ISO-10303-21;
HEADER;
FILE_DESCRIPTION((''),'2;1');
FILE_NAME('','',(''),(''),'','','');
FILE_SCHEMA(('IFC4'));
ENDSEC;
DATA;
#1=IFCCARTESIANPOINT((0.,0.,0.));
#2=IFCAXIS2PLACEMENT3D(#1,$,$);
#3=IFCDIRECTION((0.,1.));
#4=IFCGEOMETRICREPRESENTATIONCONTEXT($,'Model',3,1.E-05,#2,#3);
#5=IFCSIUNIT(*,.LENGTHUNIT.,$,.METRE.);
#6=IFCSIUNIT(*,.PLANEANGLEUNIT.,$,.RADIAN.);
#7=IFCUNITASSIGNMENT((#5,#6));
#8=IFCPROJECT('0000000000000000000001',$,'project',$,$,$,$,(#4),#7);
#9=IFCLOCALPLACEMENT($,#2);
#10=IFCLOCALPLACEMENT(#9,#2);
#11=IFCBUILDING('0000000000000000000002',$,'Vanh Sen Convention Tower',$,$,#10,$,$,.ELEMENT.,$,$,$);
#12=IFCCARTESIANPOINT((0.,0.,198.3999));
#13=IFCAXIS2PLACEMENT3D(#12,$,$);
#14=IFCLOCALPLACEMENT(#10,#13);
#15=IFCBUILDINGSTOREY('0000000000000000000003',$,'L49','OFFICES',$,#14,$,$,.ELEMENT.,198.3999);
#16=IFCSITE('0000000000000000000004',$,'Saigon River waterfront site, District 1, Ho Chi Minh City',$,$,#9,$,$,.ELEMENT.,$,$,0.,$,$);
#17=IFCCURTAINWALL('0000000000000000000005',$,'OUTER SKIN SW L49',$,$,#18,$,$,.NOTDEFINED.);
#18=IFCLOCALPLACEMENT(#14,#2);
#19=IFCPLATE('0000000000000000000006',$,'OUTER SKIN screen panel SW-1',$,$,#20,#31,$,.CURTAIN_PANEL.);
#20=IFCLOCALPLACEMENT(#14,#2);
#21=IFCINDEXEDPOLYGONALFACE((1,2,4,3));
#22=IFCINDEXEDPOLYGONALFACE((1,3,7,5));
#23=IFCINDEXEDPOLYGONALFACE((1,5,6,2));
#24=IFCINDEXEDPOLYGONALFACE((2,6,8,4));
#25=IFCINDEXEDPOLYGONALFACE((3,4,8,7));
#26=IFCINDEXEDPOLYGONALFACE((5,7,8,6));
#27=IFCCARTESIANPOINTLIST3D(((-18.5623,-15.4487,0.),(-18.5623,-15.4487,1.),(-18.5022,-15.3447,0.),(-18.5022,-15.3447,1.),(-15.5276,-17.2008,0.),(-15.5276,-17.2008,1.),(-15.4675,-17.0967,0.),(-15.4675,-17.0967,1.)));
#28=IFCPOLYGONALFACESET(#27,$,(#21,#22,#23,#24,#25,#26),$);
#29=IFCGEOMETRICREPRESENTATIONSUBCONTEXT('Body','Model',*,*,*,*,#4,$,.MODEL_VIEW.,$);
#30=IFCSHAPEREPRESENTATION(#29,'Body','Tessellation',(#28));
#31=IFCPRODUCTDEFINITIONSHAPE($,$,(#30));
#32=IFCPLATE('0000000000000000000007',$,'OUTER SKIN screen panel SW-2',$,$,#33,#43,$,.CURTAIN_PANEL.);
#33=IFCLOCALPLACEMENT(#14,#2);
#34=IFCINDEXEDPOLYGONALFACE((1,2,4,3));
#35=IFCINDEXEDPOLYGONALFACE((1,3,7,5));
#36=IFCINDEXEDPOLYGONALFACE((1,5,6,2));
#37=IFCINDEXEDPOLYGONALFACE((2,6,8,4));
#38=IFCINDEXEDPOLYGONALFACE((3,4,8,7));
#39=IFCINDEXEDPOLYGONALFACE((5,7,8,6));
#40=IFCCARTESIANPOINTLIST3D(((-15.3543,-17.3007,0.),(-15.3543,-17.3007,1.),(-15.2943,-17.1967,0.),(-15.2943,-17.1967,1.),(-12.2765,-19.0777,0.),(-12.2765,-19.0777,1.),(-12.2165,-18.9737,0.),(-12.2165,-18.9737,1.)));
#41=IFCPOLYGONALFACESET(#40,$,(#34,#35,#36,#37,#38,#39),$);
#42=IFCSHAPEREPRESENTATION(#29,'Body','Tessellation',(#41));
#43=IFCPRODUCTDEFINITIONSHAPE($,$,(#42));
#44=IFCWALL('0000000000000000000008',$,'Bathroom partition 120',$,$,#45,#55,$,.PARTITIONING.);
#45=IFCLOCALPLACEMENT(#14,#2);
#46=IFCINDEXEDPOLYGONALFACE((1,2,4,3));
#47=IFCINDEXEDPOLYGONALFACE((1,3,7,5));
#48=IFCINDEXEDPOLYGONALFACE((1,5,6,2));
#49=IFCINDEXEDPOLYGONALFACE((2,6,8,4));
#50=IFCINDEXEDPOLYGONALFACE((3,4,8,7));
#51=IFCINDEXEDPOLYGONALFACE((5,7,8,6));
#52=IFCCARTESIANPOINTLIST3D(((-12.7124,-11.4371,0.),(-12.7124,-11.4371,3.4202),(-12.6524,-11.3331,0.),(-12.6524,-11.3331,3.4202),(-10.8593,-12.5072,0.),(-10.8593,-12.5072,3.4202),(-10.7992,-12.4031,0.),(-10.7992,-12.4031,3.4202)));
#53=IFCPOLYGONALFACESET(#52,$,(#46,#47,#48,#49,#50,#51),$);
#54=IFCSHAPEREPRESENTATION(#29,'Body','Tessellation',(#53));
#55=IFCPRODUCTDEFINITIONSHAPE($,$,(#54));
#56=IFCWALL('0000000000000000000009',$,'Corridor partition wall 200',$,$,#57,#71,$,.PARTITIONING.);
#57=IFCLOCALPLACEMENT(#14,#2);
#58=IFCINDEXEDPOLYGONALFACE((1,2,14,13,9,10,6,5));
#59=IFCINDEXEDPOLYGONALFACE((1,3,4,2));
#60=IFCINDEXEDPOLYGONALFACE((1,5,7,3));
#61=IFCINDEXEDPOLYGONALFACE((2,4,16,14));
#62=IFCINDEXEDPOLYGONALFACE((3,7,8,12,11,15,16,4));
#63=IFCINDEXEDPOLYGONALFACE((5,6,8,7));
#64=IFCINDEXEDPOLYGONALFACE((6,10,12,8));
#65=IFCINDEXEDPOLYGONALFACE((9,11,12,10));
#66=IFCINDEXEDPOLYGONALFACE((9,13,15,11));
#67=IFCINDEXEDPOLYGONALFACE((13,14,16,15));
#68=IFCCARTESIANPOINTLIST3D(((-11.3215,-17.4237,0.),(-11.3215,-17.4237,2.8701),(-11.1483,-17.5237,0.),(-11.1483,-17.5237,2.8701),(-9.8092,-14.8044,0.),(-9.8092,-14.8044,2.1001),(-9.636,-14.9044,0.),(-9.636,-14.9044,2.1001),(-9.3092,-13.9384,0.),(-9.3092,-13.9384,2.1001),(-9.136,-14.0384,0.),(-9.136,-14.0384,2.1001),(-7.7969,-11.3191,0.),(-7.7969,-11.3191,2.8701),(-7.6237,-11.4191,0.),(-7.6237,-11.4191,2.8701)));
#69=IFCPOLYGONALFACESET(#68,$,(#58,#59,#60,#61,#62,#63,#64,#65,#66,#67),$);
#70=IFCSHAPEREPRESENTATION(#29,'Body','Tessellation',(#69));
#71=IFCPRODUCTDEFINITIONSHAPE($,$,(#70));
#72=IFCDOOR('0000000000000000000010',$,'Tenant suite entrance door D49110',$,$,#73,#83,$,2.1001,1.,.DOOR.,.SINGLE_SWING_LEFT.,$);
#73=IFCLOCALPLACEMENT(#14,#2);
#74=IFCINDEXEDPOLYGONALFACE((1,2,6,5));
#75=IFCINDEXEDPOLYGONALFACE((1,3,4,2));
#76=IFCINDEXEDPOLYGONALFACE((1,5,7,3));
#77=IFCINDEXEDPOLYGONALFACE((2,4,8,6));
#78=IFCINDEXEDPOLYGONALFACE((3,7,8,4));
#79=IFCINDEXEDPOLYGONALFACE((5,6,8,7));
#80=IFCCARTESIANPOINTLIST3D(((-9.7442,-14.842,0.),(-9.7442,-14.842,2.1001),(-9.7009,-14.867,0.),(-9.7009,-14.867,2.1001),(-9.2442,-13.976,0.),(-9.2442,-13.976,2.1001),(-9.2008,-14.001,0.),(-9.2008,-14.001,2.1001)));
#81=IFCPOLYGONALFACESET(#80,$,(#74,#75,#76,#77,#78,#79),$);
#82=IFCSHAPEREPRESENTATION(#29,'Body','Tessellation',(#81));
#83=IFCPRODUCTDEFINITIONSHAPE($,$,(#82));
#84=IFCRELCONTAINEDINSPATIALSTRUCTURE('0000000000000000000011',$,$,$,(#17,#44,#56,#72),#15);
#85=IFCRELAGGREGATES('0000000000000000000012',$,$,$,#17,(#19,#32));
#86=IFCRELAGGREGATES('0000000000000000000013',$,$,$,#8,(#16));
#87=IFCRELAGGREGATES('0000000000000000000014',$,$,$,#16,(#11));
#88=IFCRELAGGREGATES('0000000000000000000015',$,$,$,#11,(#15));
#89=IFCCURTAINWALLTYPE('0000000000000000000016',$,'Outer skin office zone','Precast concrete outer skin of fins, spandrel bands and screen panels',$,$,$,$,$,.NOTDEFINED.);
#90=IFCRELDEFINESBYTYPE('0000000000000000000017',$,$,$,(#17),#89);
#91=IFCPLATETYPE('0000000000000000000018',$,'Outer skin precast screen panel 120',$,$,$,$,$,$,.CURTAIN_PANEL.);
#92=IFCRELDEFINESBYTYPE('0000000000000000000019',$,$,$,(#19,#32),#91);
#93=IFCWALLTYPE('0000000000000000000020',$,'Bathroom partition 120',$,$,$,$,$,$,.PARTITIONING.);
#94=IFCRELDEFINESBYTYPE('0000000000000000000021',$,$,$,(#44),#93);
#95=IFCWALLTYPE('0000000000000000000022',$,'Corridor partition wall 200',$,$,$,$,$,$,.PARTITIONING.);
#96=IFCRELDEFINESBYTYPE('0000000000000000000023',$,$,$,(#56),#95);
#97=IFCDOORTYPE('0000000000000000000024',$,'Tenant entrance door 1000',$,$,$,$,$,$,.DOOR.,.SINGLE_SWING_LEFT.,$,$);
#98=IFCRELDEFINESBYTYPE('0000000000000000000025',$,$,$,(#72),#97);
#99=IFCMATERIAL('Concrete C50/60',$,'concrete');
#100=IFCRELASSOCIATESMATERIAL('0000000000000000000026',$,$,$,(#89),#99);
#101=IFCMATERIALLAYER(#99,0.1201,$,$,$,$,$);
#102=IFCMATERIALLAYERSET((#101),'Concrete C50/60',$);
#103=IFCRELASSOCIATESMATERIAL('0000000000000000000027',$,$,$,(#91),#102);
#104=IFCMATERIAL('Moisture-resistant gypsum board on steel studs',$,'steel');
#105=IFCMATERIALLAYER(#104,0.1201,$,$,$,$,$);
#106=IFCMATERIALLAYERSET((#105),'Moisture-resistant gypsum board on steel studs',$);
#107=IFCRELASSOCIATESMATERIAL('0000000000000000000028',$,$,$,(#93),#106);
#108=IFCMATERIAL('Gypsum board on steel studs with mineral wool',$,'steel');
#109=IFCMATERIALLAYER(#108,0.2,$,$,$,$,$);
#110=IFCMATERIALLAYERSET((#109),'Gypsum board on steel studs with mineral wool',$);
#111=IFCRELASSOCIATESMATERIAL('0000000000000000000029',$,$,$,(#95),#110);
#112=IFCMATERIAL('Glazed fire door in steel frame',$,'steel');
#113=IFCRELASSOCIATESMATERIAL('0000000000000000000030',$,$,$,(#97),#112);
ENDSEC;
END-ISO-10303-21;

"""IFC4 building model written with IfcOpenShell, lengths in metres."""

from ifc_helpers import new_model, si_unit, direction, frame, frame_2d, origin, origin_2d, place, context, subcontext, project, spatial, rectangle, extrude, material, layer, layer_set, type_object, element, fill, aggregate, save


model = new_model("IFC4")

# Units and contexts
model_context = context("Model", 3, precision=1e-05, world=origin(), true_north=direction((0.0, 1.0)))
body_context = subcontext(model_context, "Body", "Model", "MODEL_VIEW")
ifc_project = project(units=[si_unit("LENGTHUNIT", "METRE"), si_unit("PLANEANGLEUNIT", "RADIAN")], contexts=[model_context])

# Site, building, storey
site_placement = place(None, origin())
site = spatial("IfcSite", under=ifc_project, at=site_placement, Name="Saigon River waterfront site, District 1, Ho Chi Minh City", CompositionType="ELEMENT", RefElevation=0.0)
building_placement = place(site_placement, origin())
building = spatial("IfcBuilding", under=site, at=building_placement, Name="Vanh Sen Convention Tower", CompositionType="ELEMENT")
storey_placement = place(building_placement, frame((0.0, 0.0, 198.3999)))
storey = spatial("IfcBuildingStorey", under=building, at=storey_placement, Name="L49", Description="OFFICES", CompositionType="ELEMENT", Elevation=198.3999)

# Curtain wall
ifc_material_1 = material(Name="Concrete C50/60", Category="concrete")
curtain_wall_type = type_object("IfcCurtainWallType", Name="Outer skin office zone", Description="Precast concrete outer skin of fins, spandrel bands and screen panels", PredefinedType="NOTDEFINED", material=ifc_material_1)
curtain_wall_1_placement = place(storey_placement, origin())
curtain_wall_1 = element("IfcCurtainWall", 1, at=curtain_wall_1_placement, inside=storey, type_object=curtain_wall_type, Name="OUTER SKIN SW L49", PredefinedType="NOTDEFINED")

# Shared definitions
ifc_layer_1 = layer(ifc_material_1, 0.1201)
ifc_layer_set_1 = layer_set([ifc_layer_1], Name="Concrete C50/60")
plate_type = type_object("IfcPlateType", Name="Outer skin precast screen panel 120", PredefinedType="CURTAIN_PANEL", material=ifc_layer_set_1)

# Plates
plate_1_placement = place(storey_placement, frame((-17.0149, -16.2727, 0.0), z_axis=(0.0, 0.0, 1.0), x_axis=(0.866024, -0.500003, 0.0)))
plate_1 = element("IfcPlate", 2, at=plate_1_placement, type_object=plate_type, Name="OUTER SKIN screen panel SW-1", PredefinedType="CURTAIN_PANEL", context=body_context, shape_type="SweptSolid", body=[
    extrude(rectangle(XDim=3.5042, YDim=0.1201, at=origin_2d()), origin(), (0.0, 0.0, 1.0), 1.0),
])
plate_2_placement = place(storey_placement, frame((-13.7854, -18.1372, 0.0), z_axis=(0.0, 0.0, 1.0), x_axis=(0.866028, -0.499995, 0.0)))
plate_2 = element("IfcPlate", 3, at=plate_2_placement, type_object=plate_type, Name="OUTER SKIN screen panel SW-2", PredefinedType="CURTAIN_PANEL", context=body_context, shape_type="SweptSolid", body=[
    extrude(rectangle(XDim=3.554, YDim=0.1201, at=origin_2d()), origin(), (0.0, 0.0, 1.0), 1.0),
])
aggregate(curtain_wall_1, [plate_1, plate_2])

# Wall
ifc_material_2 = material(Name="Moisture-resistant gypsum board on steel studs", Category="steel")
ifc_layer_2 = layer(ifc_material_2, 0.1201)
ifc_layer_set_2 = layer_set([ifc_layer_2], Name="Moisture-resistant gypsum board on steel studs")
wall_type_1 = type_object("IfcWallType", Name="Bathroom partition 120", PredefinedType="PARTITIONING", material=ifc_layer_set_2)
wall_1_placement = place(storey_placement, frame((-10.8293, -12.4551, 0.0), z_axis=(0.0, 0.0, 1.0), x_axis=(-0.866009, 0.500029, 0.0)))
element("IfcWall", 4, at=wall_1_placement, inside=storey, type_object=wall_type_1, Name="Bathroom partition 120", PredefinedType="PARTITIONING", context=body_context, shape_type="SweptSolid", body=[
    extrude(rectangle(XDim=2.1399, YDim=0.1201, at=frame_2d((1.0698, 0.0))), origin(), (0.0, 0.0, 1.0), 3.4202),
])

# Wall, opening, door
ifc_material_3 = material(Name="Gypsum board on steel studs with mineral wool", Category="steel")
ifc_layer_3 = layer(ifc_material_3, 0.2)
ifc_layer_set_3 = layer_set([ifc_layer_3], Name="Gypsum board on steel studs with mineral wool")
wall_type_2 = type_object("IfcWallType", Name="Corridor partition wall 200", PredefinedType="PARTITIONING", material=ifc_layer_set_3)
wall_2_placement = place(storey_placement, frame((-11.2349, -17.4736, 0.0), z_axis=(0.0, 0.0, 1.0), x_axis=(0.500009, 0.86602, 0.0)))
wall_2 = element("IfcWall", 5, at=wall_2_placement, inside=storey, type_object=wall_type_2, Name="Corridor partition wall 200", PredefinedType="PARTITIONING", context=body_context, shape_type="SweptSolid", body=[
    extrude(rectangle(XDim=7.0491, YDim=0.2, at=frame_2d((3.5244, 0.0))), origin(), (0.0, 0.0, 1.0), 2.8701),
])
opening_1_placement = place(wall_2_placement, frame((3.0244, 0.0, 0.0)))
opening_1 = element("IfcOpeningElement", 6, at=opening_1_placement, cuts=wall_2, PredefinedType="OPENING", context=body_context, shape_type="SweptSolid", body=[
    extrude(rectangle(XDim=1.0, YDim=2.1001, at=frame_2d((0.5, 1.05))), frame((0.0, 0.1099, 0.0), z_axis=(0.0, -1.0, 0.0), x_axis=(1.0, 0.0, 0.0)), (0.0, 0.0, 1.0), 0.22),
])
ifc_material_4 = material(Name="Glazed fire door in steel frame", Category="steel")
door_type = type_object("IfcDoorType", Name="Tenant entrance door 1000", OperationType="SINGLE_SWING_LEFT", PredefinedType="DOOR", material=ifc_material_4)
door_placement = place(opening_1_placement, origin())
door = element("IfcDoor", 7, at=door_placement, inside=storey, type_object=door_type, Name="Tenant suite entrance door D49110", OperationType="SINGLE_SWING_LEFT", OverallHeight=2.1001, OverallWidth=1.0, PredefinedType="DOOR", context=body_context, shape_type="SweptSolid", body=[
    extrude(rectangle(XDim=1.0, YDim=2.1001, at=frame_2d((0.5, 1.05))), frame((0.0, 0.0249, 0.0), z_axis=(0.0, -1.0, 0.0), x_axis=(1.0, 0.0, 0.0)), (0.0, 0.0, 1.0), 0.05),
])
fill(opening_1, door)

save(model, "model.ifc")
